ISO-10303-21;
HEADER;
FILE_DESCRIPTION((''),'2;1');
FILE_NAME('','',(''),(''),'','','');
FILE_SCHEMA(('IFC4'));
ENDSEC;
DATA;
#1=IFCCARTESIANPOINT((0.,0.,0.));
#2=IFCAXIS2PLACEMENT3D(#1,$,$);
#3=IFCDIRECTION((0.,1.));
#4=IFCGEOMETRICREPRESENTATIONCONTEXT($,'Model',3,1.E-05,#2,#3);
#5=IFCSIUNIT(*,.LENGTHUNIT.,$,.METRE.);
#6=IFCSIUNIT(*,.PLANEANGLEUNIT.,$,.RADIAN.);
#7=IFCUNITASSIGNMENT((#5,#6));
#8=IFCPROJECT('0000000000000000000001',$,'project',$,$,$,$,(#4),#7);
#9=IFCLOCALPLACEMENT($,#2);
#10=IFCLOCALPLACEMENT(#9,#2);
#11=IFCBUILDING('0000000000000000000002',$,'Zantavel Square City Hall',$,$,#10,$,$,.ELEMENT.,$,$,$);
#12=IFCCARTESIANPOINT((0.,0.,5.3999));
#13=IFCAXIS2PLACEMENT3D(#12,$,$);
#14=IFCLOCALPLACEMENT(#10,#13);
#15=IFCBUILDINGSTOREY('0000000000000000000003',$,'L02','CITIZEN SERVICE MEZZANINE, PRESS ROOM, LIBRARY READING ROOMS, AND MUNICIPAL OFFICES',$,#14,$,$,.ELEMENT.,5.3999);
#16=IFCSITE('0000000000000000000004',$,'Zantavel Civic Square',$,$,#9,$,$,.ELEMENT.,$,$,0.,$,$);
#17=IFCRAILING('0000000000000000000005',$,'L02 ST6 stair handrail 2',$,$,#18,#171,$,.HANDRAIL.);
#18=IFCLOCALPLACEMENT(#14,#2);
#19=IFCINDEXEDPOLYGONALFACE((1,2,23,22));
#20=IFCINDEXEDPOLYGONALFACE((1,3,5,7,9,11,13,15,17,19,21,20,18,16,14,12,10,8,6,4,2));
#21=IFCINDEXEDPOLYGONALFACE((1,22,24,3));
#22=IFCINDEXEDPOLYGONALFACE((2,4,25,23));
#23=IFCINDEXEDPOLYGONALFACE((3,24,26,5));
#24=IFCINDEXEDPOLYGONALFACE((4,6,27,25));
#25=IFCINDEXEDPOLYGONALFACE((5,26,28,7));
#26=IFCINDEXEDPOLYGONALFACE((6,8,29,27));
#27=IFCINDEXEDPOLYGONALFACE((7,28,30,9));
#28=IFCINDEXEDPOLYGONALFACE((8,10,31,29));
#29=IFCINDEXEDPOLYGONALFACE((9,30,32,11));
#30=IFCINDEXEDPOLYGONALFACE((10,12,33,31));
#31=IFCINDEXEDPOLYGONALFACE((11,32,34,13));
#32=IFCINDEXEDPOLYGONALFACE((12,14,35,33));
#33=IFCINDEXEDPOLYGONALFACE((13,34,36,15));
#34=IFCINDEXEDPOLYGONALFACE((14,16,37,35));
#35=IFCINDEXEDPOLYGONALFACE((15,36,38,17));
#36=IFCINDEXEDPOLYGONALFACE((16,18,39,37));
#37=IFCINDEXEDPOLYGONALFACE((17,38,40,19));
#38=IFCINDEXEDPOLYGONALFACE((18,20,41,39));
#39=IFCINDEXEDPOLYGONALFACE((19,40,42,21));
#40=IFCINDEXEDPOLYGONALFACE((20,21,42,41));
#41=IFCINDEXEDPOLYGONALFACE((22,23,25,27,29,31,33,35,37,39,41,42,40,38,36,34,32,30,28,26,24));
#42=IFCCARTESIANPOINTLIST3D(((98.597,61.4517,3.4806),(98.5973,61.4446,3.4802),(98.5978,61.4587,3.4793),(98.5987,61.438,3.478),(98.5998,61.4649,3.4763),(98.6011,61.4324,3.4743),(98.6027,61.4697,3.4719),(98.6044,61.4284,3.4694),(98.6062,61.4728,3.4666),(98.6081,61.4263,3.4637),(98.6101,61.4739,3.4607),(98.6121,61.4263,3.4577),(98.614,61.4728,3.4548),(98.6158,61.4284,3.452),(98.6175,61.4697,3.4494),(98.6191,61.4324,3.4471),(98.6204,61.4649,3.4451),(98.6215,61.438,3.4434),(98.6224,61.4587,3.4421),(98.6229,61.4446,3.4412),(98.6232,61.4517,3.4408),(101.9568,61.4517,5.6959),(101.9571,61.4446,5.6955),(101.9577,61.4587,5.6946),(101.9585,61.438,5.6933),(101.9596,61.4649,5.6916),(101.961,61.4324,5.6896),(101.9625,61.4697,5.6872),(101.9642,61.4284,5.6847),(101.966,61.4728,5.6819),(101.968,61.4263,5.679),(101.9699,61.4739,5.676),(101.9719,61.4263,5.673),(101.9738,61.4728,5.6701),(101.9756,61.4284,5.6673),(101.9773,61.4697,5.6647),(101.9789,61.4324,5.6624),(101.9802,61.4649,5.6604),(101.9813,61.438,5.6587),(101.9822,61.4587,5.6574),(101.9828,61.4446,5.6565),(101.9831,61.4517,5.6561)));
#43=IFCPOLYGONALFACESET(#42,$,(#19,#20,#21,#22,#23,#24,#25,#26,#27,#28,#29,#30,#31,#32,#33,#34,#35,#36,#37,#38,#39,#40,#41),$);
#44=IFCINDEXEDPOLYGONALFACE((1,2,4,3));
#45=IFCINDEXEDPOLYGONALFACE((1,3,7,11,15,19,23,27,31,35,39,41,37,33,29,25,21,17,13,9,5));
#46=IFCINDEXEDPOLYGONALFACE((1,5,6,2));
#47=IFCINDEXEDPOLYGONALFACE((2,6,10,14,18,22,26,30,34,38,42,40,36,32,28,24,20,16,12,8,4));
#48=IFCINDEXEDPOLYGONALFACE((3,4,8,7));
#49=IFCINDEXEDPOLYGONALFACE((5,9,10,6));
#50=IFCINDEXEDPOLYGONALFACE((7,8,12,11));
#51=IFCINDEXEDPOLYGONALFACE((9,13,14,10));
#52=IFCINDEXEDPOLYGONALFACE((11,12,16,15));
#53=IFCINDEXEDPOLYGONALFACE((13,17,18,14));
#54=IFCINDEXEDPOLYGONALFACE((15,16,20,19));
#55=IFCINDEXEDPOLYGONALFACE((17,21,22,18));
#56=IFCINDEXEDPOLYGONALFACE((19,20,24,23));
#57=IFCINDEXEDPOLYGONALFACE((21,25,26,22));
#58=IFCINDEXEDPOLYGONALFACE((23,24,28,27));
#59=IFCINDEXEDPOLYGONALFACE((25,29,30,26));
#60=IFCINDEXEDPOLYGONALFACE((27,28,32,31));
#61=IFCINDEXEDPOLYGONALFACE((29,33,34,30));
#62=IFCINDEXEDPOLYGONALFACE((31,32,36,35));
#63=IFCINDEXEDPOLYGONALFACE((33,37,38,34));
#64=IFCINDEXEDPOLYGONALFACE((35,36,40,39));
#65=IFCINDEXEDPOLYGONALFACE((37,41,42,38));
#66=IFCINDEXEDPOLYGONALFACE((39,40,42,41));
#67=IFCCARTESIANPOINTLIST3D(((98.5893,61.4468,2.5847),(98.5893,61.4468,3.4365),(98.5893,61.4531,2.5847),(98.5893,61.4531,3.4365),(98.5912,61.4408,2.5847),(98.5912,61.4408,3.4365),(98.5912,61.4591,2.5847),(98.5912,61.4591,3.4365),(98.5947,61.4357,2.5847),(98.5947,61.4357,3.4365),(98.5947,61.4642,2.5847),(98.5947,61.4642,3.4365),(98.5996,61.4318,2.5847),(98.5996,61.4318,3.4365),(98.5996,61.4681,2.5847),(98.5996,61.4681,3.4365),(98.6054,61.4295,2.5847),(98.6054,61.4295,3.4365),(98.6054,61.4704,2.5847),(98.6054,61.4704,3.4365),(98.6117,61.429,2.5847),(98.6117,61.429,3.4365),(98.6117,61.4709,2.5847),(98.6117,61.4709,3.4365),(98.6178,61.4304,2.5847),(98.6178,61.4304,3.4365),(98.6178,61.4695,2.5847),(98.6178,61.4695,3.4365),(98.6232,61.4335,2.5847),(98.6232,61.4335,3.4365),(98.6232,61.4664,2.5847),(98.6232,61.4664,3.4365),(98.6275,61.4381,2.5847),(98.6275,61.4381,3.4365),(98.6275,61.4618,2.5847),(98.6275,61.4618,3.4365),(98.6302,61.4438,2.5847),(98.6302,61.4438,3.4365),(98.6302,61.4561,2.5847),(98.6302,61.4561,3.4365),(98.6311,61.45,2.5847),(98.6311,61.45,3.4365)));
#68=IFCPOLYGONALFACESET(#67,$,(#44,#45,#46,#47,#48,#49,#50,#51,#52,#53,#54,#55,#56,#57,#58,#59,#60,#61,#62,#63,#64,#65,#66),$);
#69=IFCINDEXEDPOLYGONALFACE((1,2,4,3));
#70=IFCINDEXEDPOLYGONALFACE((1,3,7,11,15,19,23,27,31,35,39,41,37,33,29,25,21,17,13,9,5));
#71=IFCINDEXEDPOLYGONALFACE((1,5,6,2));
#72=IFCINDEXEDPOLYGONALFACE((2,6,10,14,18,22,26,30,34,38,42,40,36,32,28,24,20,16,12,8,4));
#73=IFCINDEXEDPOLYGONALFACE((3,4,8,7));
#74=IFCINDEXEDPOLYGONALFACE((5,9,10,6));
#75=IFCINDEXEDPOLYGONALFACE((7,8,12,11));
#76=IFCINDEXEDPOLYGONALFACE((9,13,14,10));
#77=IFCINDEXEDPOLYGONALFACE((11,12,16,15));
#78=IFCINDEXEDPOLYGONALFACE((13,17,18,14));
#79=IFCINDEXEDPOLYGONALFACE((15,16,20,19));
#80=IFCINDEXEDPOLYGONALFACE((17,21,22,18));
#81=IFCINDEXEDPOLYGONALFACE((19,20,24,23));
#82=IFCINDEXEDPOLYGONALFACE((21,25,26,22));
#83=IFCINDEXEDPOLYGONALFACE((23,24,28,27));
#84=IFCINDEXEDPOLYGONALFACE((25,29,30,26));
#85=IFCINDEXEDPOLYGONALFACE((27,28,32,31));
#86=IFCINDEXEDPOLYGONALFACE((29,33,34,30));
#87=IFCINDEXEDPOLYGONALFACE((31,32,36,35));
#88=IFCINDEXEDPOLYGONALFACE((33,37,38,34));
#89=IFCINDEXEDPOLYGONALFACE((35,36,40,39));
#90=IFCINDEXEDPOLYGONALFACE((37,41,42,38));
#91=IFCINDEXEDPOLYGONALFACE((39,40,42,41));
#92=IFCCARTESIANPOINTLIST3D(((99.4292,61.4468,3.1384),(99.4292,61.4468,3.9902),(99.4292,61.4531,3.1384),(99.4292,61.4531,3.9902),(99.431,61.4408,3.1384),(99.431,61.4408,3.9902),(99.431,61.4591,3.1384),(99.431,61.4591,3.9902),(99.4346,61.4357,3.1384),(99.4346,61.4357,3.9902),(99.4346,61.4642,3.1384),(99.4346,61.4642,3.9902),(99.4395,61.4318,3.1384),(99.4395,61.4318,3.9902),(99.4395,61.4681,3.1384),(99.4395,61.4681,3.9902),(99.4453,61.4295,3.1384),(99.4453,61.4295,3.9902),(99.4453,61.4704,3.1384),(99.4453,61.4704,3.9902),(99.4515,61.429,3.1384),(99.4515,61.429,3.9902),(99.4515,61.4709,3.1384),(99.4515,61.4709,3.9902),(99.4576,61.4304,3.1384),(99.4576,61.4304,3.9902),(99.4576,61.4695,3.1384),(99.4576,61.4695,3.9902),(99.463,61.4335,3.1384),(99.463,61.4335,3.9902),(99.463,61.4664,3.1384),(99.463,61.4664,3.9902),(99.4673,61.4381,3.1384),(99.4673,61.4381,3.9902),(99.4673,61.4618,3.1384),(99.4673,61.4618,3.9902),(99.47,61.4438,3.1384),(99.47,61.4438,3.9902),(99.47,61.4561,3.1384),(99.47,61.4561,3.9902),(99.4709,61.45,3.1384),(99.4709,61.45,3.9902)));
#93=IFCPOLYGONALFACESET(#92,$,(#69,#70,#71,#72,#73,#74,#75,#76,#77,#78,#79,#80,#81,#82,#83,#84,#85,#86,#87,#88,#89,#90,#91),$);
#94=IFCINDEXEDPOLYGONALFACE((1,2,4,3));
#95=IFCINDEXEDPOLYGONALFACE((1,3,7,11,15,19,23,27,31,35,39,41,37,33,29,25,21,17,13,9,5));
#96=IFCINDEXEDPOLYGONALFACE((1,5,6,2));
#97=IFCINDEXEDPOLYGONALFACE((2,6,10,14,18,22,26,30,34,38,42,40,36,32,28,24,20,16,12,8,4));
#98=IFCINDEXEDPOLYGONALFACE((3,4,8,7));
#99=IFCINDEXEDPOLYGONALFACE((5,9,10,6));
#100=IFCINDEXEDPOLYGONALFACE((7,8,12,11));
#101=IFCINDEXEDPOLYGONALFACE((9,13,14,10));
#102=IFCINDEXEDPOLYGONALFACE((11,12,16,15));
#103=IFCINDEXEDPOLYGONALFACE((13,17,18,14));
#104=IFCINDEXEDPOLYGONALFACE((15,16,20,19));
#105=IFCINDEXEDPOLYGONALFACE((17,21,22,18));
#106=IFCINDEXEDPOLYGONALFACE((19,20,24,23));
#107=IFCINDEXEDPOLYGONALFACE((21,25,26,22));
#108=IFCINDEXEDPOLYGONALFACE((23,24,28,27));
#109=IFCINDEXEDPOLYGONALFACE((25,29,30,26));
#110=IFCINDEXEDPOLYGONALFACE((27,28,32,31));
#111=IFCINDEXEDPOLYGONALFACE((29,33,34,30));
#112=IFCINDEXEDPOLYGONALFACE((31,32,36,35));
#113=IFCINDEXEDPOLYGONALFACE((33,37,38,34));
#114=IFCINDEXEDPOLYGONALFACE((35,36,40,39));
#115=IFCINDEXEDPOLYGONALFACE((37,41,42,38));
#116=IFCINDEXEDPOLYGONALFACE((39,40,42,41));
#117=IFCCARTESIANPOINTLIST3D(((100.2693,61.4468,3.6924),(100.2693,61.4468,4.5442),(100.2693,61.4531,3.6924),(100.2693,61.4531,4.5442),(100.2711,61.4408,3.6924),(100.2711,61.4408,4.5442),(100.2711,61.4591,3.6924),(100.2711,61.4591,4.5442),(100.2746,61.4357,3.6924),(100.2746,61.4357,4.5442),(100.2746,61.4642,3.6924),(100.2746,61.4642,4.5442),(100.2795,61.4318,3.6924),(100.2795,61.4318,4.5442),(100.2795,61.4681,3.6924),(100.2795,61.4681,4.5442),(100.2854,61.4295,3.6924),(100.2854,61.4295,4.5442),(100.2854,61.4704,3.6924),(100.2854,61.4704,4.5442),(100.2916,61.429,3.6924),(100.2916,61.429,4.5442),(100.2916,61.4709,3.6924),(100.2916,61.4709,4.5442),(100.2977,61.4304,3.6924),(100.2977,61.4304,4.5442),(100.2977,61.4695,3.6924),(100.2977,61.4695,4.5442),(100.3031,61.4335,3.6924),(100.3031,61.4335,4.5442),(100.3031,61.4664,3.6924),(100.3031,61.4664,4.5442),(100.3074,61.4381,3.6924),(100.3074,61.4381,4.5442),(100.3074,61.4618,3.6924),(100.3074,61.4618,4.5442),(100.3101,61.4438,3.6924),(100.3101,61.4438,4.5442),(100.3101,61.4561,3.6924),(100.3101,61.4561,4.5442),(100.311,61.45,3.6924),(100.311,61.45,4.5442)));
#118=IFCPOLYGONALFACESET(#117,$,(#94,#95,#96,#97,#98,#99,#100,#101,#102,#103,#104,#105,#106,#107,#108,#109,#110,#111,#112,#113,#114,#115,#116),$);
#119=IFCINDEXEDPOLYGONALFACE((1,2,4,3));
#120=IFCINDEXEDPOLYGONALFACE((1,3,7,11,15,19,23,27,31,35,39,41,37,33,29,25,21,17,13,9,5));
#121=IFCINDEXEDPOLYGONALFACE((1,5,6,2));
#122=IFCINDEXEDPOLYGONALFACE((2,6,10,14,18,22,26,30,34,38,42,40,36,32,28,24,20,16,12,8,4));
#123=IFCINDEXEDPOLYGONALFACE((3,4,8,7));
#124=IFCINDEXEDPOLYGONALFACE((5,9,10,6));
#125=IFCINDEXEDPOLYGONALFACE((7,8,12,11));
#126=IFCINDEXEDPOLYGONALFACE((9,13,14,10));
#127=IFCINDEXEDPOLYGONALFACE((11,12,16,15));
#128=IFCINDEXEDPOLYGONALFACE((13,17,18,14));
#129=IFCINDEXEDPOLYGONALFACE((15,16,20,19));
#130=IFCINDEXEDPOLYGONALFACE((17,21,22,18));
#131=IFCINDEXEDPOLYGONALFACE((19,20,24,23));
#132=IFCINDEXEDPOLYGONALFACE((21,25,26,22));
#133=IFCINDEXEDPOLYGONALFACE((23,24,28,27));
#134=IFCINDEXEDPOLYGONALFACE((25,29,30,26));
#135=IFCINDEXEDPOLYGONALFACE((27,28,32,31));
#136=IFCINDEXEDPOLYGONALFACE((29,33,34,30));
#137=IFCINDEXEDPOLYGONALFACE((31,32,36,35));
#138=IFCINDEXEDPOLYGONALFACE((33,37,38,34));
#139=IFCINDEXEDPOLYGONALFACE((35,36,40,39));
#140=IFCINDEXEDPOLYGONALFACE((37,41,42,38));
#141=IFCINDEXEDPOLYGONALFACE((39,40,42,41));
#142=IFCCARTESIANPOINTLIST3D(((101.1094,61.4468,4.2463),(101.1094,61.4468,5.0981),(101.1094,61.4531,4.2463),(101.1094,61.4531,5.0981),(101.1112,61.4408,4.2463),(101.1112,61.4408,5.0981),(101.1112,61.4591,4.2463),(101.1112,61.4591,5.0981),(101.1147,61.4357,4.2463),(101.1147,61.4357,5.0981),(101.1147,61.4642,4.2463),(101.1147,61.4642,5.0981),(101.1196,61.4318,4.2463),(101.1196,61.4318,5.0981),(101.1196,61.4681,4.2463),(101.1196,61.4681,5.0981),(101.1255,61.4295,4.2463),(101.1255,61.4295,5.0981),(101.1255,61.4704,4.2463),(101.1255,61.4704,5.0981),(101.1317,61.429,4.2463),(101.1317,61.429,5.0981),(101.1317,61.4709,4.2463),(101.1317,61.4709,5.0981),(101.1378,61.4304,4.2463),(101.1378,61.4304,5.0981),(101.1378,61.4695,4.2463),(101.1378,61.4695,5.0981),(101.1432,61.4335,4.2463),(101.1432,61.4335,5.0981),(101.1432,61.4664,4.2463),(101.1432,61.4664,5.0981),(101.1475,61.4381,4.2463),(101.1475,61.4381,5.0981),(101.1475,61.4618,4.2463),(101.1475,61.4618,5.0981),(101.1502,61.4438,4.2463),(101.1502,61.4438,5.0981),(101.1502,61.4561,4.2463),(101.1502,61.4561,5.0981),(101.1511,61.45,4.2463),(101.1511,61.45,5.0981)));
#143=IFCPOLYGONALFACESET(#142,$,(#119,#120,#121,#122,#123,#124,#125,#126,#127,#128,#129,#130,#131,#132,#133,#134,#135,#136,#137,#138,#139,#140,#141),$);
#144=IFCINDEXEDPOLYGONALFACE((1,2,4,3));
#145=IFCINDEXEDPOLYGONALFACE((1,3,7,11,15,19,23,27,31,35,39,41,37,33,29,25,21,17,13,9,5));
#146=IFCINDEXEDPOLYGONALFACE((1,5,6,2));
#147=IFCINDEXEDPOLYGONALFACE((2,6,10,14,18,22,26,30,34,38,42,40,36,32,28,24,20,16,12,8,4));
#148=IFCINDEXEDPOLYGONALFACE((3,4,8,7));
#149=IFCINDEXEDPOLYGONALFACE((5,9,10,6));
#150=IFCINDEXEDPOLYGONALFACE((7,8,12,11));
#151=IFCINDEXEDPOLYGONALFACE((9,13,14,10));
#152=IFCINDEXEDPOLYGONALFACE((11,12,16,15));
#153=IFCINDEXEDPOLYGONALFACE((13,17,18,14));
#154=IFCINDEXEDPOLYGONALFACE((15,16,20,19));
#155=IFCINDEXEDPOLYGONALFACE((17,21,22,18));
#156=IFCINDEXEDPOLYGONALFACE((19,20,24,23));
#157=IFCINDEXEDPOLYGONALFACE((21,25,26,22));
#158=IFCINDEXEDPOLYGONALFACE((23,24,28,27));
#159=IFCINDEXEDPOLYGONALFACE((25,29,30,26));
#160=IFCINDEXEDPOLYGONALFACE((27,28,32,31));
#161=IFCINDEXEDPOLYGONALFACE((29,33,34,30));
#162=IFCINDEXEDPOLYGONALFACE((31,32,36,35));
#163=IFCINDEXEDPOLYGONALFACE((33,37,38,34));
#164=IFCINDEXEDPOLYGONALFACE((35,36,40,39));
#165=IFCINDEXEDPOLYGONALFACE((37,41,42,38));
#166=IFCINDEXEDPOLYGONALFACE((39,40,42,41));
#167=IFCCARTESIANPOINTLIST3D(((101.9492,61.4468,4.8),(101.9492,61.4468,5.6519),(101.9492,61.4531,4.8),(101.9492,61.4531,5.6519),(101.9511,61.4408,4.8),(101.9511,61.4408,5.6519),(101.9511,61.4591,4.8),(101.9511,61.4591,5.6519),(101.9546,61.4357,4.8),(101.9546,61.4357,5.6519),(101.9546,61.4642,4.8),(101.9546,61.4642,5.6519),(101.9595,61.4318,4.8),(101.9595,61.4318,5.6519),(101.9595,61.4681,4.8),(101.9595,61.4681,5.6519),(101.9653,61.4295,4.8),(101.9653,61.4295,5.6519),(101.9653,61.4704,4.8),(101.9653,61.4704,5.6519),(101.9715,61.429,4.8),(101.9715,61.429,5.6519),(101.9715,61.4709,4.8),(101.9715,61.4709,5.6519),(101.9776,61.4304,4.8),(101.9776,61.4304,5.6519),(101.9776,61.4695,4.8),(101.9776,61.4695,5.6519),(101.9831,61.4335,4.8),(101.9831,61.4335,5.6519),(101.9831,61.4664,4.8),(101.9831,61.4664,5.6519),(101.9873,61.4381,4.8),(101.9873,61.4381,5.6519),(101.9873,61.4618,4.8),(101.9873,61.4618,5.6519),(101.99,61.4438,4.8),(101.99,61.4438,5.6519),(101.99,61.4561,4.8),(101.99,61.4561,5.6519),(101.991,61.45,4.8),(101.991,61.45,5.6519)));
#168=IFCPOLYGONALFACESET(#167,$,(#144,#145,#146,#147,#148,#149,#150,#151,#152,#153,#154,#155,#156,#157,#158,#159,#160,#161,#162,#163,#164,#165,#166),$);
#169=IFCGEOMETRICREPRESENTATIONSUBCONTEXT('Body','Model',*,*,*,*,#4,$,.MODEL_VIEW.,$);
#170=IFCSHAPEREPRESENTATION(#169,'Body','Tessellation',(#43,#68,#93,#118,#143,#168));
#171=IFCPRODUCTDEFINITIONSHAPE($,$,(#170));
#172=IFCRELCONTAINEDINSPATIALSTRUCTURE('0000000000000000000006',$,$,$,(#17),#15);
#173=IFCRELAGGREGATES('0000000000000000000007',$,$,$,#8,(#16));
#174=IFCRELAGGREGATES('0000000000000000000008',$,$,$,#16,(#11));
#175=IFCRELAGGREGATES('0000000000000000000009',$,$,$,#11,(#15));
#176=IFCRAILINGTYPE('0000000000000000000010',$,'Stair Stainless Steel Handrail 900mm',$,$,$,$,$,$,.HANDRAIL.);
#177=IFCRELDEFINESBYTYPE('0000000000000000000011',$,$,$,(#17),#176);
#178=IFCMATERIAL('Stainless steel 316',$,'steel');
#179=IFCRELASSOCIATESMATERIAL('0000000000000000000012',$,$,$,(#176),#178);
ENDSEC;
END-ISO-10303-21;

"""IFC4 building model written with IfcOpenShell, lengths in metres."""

from ifc_helpers import new_model, si_unit, direction, frame, origin, origin_2d, place, context, subcontext, project, spatial, circle, extrude, material, type_object, element, save


model = new_model("IFC4")

# Units and contexts
model_context = context("Model", 3, precision=1e-05, world=origin(), true_north=direction((0.0, 1.0)))
body_context = subcontext(model_context, "Body", "Model", "MODEL_VIEW")
ifc_project = project(units=[si_unit("LENGTHUNIT", "METRE"), si_unit("PLANEANGLEUNIT", "RADIAN")], contexts=[model_context])

# Site, building, storey
site_placement = place(None, origin())
site = spatial("IfcSite", under=ifc_project, at=site_placement, Name="Zantavel Civic Square", CompositionType="ELEMENT", RefElevation=0.0)
building_placement = place(site_placement, origin())
building = spatial("IfcBuilding", under=site, at=building_placement, Name="Zantavel Square City Hall", CompositionType="ELEMENT")
storey_placement = place(building_placement, frame((0.0, 0.0, 5.3999)))
storey = spatial("IfcBuildingStorey", under=building, at=storey_placement, Name="L02", Description="CITIZEN SERVICE MEZZANINE, PRESS ROOM, LIBRARY READING ROOMS, AND MUNICIPAL OFFICES", CompositionType="ELEMENT", Elevation=5.3999)

# Railing
ifc_material_1 = material(Name="Stainless steel 316", Category="steel")
railing_type_1 = type_object("IfcRailingType", Name="Stair Stainless Steel Handrail 900mm", PredefinedType="HANDRAIL", material=ifc_material_1)
railing_1_placement = place(storey_placement, frame((98.6101, 61.45, 2.5847)))
element("IfcRailing", 1, at=railing_1_placement, inside=storey, type_object=railing_type_1, Name="L02 ST6 stair handrail 2", PredefinedType="HANDRAIL", context=body_context, shape_type="SweptSolid", body=[
    extrude(circle(Radius=0.0239, at=origin_2d()), frame((0.0, 0.0, 0.876), z_axis=(0.834858, 0.0, 0.550465), x_axis=(0.0, 1.0, 0.0)), (0.0, 0.0, 1.0), 4.0244),
    extrude(circle(Radius=0.021, at=origin_2d()), origin(), (0.0, 0.0, 1.0), 0.8518),
    extrude(circle(Radius=0.021, at=origin_2d()), frame((0.8398, 0.0, 0.5537)), (0.0, 0.0, 1.0), 0.8518),
    extrude(circle(Radius=0.021, at=origin_2d()), frame((1.6799, 0.0, 1.1077)), (0.0, 0.0, 1.0), 0.8518),
    extrude(circle(Radius=0.021, at=origin_2d()), frame((2.52, 0.0, 1.6616)), (0.0, 0.0, 1.0), 0.8518),
    extrude(circle(Radius=0.021, at=origin_2d()), frame((3.3599, 0.0, 2.2153)), (0.0, 0.0, 1.0), 0.8518),
])

save(model, "model.ifc")
